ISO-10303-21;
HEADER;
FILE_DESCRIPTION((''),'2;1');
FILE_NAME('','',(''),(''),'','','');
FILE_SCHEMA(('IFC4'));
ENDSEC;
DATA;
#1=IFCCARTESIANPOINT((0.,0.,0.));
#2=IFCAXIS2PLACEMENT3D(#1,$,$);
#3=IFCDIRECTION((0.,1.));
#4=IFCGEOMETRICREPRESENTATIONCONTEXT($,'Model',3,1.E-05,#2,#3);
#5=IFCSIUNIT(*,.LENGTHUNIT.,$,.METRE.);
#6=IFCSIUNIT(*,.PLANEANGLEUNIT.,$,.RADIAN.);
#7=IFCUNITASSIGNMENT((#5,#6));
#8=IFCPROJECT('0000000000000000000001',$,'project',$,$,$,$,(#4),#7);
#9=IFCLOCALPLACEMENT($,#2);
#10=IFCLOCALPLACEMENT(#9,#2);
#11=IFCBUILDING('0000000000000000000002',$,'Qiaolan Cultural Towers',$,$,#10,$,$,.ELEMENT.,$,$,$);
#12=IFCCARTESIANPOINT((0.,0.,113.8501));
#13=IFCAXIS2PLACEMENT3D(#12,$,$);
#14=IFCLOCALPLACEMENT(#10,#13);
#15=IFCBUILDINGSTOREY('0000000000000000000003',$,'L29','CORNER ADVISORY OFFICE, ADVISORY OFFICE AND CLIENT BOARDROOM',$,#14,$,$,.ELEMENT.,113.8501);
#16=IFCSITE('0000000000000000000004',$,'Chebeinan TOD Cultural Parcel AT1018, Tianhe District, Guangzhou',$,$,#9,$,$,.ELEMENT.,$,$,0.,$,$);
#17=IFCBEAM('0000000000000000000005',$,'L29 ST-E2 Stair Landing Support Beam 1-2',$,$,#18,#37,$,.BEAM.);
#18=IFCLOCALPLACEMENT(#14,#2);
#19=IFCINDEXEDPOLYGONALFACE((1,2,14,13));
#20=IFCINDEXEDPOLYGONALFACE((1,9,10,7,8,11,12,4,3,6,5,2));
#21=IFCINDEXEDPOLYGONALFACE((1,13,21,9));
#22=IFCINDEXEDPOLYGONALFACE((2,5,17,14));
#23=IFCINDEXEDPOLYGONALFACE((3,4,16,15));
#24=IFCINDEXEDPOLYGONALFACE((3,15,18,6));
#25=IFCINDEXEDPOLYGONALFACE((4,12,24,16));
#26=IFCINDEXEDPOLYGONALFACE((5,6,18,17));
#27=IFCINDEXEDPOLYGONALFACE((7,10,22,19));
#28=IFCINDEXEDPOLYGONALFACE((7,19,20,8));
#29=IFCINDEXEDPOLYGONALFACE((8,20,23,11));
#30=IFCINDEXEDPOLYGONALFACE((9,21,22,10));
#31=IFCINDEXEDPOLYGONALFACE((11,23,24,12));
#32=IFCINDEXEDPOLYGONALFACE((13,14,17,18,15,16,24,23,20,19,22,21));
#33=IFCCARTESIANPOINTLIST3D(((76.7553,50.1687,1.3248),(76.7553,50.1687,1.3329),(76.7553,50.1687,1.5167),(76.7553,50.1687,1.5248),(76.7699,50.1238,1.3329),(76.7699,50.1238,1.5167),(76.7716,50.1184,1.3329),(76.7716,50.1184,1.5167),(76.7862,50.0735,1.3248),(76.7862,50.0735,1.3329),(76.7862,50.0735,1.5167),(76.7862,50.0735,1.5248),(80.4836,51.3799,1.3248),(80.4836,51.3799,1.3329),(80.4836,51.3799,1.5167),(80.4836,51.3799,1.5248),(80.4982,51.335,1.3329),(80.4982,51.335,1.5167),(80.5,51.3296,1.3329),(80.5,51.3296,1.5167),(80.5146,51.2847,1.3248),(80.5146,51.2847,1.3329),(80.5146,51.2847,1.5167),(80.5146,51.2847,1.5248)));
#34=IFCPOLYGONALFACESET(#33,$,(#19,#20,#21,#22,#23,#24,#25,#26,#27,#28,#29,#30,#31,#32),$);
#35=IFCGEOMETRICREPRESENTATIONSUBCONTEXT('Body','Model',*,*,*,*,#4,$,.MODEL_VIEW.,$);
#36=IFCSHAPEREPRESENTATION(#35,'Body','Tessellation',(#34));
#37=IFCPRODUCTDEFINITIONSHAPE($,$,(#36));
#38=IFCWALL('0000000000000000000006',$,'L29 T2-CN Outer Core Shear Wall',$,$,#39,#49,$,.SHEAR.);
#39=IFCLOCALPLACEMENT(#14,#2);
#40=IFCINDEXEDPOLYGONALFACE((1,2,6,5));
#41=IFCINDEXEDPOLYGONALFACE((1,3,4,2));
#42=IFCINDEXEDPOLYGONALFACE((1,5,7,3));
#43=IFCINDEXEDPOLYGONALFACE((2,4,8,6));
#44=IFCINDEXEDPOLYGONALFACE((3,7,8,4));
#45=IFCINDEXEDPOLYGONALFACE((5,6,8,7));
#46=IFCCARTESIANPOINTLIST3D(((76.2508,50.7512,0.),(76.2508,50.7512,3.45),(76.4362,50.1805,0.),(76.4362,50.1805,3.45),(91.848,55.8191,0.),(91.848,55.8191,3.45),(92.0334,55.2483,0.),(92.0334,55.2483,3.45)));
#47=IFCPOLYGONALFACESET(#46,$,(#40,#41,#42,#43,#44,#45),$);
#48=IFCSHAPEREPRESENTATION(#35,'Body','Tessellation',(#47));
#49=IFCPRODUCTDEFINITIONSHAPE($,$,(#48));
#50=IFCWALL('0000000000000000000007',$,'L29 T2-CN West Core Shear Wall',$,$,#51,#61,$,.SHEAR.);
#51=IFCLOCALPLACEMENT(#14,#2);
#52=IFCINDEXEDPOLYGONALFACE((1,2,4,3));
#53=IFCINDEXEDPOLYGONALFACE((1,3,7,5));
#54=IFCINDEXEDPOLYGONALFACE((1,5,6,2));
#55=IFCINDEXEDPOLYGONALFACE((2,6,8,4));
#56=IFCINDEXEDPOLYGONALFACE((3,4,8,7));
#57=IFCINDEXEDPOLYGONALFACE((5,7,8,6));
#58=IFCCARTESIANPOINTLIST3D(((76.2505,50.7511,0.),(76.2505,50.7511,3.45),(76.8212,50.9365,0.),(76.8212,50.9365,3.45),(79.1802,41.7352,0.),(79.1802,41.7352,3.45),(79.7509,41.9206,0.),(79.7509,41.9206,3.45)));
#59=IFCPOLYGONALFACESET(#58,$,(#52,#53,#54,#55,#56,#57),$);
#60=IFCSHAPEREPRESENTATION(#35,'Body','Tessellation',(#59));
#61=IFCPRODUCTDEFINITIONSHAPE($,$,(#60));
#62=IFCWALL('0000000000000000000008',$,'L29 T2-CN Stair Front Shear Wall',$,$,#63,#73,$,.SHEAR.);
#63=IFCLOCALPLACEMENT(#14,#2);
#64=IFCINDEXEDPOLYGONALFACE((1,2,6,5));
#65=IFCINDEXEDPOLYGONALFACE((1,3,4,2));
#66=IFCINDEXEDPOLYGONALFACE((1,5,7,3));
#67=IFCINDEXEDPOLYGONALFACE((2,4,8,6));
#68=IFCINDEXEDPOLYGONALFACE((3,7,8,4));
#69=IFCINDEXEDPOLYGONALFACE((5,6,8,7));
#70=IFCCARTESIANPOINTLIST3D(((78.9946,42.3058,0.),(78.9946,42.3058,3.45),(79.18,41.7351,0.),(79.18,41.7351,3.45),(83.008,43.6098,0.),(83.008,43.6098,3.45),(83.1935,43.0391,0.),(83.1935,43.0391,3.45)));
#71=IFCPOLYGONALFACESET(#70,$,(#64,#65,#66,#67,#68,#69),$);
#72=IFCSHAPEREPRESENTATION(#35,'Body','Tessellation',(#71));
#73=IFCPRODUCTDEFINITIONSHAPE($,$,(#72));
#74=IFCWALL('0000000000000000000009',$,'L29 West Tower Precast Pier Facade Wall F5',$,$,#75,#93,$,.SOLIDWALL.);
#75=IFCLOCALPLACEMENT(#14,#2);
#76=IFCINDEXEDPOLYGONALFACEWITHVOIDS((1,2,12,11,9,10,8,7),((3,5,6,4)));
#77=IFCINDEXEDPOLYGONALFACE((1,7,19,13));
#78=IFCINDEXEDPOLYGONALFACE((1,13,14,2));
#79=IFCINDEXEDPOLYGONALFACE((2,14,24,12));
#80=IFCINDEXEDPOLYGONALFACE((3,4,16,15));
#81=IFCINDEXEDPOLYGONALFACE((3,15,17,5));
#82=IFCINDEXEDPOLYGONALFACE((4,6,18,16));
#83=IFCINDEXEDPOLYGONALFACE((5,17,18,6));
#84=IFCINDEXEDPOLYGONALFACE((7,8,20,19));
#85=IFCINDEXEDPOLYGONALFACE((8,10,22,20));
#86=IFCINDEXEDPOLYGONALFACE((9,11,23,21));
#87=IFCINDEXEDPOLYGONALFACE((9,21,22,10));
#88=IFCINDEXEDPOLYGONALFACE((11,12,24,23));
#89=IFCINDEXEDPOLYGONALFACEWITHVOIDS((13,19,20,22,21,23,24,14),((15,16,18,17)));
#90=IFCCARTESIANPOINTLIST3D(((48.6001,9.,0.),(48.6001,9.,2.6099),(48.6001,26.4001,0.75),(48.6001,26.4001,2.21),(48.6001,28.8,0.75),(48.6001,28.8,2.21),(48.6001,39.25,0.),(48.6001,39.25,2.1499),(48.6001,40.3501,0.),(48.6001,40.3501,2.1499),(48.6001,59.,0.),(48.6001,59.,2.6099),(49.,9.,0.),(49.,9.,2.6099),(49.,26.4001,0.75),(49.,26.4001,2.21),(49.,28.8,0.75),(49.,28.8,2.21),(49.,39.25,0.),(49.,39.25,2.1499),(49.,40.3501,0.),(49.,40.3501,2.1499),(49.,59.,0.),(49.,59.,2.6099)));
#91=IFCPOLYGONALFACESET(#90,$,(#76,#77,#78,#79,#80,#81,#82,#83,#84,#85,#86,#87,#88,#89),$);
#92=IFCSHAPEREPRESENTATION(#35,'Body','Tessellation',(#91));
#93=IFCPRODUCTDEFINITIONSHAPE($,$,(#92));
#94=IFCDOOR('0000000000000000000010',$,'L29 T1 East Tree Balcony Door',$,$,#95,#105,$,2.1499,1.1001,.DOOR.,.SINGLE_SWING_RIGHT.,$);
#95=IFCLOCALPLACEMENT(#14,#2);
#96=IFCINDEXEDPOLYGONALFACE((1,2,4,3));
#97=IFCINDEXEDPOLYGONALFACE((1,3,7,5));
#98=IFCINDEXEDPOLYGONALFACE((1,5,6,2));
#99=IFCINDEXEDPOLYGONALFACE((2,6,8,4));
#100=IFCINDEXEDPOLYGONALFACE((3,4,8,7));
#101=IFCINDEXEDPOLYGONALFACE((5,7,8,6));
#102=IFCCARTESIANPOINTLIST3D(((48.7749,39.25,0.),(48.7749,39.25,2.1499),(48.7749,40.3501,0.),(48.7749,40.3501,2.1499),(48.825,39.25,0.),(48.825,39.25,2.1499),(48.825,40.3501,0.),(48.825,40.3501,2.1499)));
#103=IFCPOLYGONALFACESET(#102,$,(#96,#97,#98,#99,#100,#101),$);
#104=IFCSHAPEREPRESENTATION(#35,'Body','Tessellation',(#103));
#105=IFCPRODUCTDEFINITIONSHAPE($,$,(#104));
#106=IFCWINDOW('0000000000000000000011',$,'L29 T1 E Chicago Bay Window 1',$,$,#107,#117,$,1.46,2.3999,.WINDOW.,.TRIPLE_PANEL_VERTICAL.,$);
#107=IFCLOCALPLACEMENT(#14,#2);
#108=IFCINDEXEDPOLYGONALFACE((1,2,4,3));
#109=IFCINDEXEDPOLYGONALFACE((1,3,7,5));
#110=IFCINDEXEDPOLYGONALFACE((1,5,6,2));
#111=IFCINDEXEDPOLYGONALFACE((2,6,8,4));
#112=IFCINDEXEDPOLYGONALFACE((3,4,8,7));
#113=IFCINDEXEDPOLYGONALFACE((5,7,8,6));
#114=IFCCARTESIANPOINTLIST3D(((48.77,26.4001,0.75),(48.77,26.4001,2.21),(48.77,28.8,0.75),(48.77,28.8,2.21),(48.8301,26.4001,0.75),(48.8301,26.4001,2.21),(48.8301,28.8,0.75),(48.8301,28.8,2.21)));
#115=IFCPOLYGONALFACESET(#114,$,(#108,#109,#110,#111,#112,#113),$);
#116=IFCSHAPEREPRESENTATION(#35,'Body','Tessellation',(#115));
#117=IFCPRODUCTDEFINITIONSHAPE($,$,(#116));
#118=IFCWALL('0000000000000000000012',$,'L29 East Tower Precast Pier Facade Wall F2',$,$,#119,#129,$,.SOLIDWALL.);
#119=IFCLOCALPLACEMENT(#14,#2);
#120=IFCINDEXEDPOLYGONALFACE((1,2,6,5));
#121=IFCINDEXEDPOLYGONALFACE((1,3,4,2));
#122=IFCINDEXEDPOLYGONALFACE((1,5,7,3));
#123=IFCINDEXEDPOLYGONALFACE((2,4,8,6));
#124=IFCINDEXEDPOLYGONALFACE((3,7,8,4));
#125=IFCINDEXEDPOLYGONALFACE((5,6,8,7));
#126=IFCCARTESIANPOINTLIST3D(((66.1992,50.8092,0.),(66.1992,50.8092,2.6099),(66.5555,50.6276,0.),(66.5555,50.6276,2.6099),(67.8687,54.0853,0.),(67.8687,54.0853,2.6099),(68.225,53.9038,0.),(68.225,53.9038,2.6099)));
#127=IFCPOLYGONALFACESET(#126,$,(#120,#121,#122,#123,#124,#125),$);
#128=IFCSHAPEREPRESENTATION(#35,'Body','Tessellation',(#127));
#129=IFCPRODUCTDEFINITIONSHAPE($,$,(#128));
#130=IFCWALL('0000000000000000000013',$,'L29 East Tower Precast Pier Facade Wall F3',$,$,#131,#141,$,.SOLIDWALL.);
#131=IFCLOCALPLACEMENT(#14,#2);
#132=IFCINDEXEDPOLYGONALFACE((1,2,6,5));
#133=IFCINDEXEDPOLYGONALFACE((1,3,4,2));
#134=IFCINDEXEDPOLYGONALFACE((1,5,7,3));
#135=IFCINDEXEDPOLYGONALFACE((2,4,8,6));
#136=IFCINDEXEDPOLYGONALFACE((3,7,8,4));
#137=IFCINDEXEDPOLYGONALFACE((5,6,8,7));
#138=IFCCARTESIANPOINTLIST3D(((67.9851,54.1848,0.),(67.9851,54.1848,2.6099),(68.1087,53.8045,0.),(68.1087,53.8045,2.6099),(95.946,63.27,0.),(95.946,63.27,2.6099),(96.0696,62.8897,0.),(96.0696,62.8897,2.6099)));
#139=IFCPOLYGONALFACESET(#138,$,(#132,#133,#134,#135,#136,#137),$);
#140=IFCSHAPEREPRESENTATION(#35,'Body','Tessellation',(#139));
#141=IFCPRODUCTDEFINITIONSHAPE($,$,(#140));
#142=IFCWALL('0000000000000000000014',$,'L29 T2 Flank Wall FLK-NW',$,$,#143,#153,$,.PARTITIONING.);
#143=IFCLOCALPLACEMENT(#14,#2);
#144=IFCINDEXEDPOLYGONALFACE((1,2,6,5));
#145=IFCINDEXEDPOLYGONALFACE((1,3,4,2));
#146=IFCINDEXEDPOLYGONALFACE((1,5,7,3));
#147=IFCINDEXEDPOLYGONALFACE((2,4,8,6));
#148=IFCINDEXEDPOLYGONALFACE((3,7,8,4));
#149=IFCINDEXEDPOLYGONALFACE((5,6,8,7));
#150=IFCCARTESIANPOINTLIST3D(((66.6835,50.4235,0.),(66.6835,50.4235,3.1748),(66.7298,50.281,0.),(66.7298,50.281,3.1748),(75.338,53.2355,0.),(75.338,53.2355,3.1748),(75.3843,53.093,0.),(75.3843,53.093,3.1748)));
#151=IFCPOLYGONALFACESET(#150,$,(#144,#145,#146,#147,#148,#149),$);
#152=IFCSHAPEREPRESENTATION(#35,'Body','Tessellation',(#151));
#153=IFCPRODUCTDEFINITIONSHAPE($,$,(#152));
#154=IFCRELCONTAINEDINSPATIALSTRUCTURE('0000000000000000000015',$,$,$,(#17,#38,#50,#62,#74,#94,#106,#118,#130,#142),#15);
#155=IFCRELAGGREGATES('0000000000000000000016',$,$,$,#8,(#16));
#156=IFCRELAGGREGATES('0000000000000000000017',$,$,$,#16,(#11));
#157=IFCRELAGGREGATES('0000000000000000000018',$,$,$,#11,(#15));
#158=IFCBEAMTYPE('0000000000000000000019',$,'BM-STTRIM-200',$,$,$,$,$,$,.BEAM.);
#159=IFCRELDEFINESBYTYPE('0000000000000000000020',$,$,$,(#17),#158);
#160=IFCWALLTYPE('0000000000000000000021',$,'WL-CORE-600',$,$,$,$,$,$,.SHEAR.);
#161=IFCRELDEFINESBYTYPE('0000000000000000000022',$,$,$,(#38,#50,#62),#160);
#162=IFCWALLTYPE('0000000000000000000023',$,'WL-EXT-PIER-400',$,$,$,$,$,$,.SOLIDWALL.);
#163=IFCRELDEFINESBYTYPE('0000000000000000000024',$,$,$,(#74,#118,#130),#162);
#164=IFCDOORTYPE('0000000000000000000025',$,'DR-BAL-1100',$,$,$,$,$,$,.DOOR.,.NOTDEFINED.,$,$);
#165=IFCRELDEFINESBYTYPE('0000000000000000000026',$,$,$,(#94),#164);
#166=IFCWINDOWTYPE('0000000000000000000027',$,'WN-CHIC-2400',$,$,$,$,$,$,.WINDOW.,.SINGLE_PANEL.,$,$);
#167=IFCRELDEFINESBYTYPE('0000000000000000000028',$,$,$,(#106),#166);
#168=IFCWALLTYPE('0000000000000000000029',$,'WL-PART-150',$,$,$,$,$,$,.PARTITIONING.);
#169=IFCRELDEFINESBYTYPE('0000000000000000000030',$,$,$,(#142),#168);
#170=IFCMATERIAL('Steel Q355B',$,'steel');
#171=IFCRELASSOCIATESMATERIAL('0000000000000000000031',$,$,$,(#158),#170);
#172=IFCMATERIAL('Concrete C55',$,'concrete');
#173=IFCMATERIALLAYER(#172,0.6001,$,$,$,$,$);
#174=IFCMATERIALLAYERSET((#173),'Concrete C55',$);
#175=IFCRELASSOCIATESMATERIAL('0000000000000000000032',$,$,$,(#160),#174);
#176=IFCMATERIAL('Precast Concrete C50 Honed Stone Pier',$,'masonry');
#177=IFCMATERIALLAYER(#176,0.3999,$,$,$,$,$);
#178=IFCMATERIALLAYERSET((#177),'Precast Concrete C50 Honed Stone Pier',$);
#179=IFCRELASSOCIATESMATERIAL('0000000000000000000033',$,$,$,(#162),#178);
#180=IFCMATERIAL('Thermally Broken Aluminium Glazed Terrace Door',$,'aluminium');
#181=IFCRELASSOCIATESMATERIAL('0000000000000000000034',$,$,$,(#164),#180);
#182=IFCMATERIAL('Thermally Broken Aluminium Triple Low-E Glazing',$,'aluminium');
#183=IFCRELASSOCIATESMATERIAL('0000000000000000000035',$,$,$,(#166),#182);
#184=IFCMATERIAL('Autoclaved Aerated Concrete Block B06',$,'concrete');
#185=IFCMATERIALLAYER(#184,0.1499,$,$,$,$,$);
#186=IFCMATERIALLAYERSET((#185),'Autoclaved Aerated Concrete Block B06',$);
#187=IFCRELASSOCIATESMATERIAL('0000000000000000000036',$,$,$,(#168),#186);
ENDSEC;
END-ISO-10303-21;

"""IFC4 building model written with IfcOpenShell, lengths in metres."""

from ifc_helpers import new_model, si_unit, direction, frame, frame_2d, origin, origin_2d, place, context, subcontext, project, spatial, rectangle, i_section, extrude, material, layer, layer_set, material_profile, profile_set, type_object, element, fill, save


model = new_model("IFC4")

# Units and contexts
model_context = context("Model", 3, precision=1e-05, world=origin(), true_north=direction((0.0, 1.0)))
body_context = subcontext(model_context, "Body", "Model", "MODEL_VIEW")
ifc_project = project(units=[si_unit("LENGTHUNIT", "METRE"), si_unit("PLANEANGLEUNIT", "RADIAN")], contexts=[model_context])

# Site, building, storey
site_placement = place(None, origin())
site = spatial("IfcSite", under=ifc_project, at=site_placement, Name="Chebeinan TOD Cultural Parcel AT1018, Tianhe District, Guangzhou", CompositionType="ELEMENT", RefElevation=0.0)
building_placement = place(site_placement, origin())
building = spatial("IfcBuilding", under=site, at=building_placement, Name="Qiaolan Cultural Towers", CompositionType="ELEMENT")
storey_placement = place(building_placement, frame((0.0, 0.0, 113.8501)))
storey = spatial("IfcBuildingStorey", under=building, at=storey_placement, Name="L29", Description="CORNER ADVISORY OFFICE, ADVISORY OFFICE AND CLIENT BOARDROOM", CompositionType="ELEMENT", Elevation=113.8501)

# Beam
ifc_material_1 = material(Name="Steel Q355B", Category="steel")
ifc_material_profile_1 = material_profile(ifc_material_1, i_section(OverallWidth=0.1001, OverallDepth=0.2, WebThickness=0.0056, FlangeThickness=0.0081, at=origin_2d()), Name="HN200x100x5.5x8")
ifc_profile_set_1 = profile_set([ifc_material_profile_1], Name="Steel Q355B")
beam_type_1 = type_object("IfcBeamType", Name="BM-STTRIM-200", PredefinedType="BEAM", material=ifc_profile_set_1)
for number, where, z_axis, x_axis, name in (
    (1, (76.7708, 50.1211, 1.4248), (0.951072, 0.308969, 0.0), (-0.308969, 0.951072, 0.0), "L29 ST-E2 Stair Landing Support Beam 1-2"),
):
    element("IfcBeam", number, at=place(storey_placement, frame(where, z_axis=z_axis, x_axis=x_axis)), inside=storey, type_object=beam_type_1, Name=name, PredefinedType="BEAM", context=body_context, shape_type="SweptSolid", body=[
        extrude(i_section(OverallWidth=0.1001, OverallDepth=0.2, WebThickness=0.0056, FlangeThickness=0.0081, at=origin_2d()), origin(), (0.0, 0.0, 1.0), 3.9202),
    ])

# Walls
ifc_material_2 = material(Name="Concrete C55", Category="concrete")
ifc_layer_1 = layer(ifc_material_2, 0.6001)
ifc_layer_set_1 = layer_set([ifc_layer_1], Name="Concrete C55")
wall_type_1 = type_object("IfcWallType", Name="WL-CORE-600", PredefinedType="SHEAR", material=ifc_layer_set_1)
wall_1_placement = place(storey_placement, frame((76.3435, 50.4658, 0.0), z_axis=(0.0, 0.0, 1.0), x_axis=(0.951056, 0.309019, 0.0)))
element("IfcWall", 2, at=wall_1_placement, inside=storey, type_object=wall_type_1, Name="L29 T2-CN Outer Core Shear Wall", PredefinedType="SHEAR", context=body_context, shape_type="SweptSolid", body=[
    extrude(rectangle(XDim=16.3999, YDim=0.6001, at=frame_2d((8.2, 0.0))), origin(), (0.0, 0.0, 1.0), 3.45),
])
wall_2_placement = place(storey_placement, frame((79.4656, 41.8279, 0.0), z_axis=(0.0, 0.0, 1.0), x_axis=(-0.309041, 0.951049, 0.0)))
element("IfcWall", 3, at=wall_2_placement, inside=storey, type_object=wall_type_1, Name="L29 T2-CN West Core Shear Wall", PredefinedType="SHEAR", context=body_context, shape_type="SweptSolid", body=[
    extrude(rectangle(XDim=9.48, YDim=0.6001, at=frame_2d((4.74, 0.0))), origin(), (0.0, 0.0, 1.0), 3.45),
])
wall_3_placement = place(storey_placement, frame((79.0874, 42.0205, 0.0), z_axis=(0.0, 0.0, 1.0), x_axis=(0.951063, 0.308998, 0.0)))
element("IfcWall", 4, at=wall_3_placement, inside=storey, type_object=wall_type_1, Name="L29 T2-CN Stair Front Shear Wall", PredefinedType="SHEAR", context=body_context, shape_type="SweptSolid", body=[
    extrude(rectangle(XDim=4.22, YDim=0.6001, at=frame_2d((2.1099, 0.0))), origin(), (0.0, 0.0, 1.0), 3.45),
])

# Wall, openings, door, window
ifc_material_3 = material(Name="Precast Concrete C50 Honed Stone Pier", Category="masonry")
ifc_layer_2 = layer(ifc_material_3, 0.3999)
ifc_layer_set_2 = layer_set([ifc_layer_2], Name="Precast Concrete C50 Honed Stone Pier")
wall_type_2 = type_object("IfcWallType", Name="WL-EXT-PIER-400", PredefinedType="SOLIDWALL", material=ifc_layer_set_2)
wall_4_placement = place(storey_placement, frame((48.8, 59.0, 0.0), z_axis=(0.0, 0.0, 1.0), x_axis=(0.0, -1.0, 0.0)))
wall_4 = element("IfcWall", 5, at=wall_4_placement, inside=storey, type_object=wall_type_2, Name="L29 West Tower Precast Pier Facade Wall F5", PredefinedType="SOLIDWALL", context=body_context, shape_type="SweptSolid", body=[
    extrude(rectangle(XDim=50.0, YDim=0.3999, at=frame_2d((25.0, 0.0))), origin(), (0.0, 0.0, 1.0), 2.6099),
])
opening_1_placement = place(wall_4_placement, frame((30.2, 0.0, 0.75)))
opening_1 = element("IfcOpeningElement", 6, at=opening_1_placement, cuts=wall_4, PredefinedType="OPENING", context=body_context, shape_type="SweptSolid", body=[
    extrude(rectangle(XDim=2.3999, YDim=1.46, at=frame_2d((1.2, 0.73))), frame((0.0, 0.21, 0.0), z_axis=(0.0, -1.0, 0.0), x_axis=(1.0, 0.0, 0.0)), (0.0, 0.0, 1.0), 0.4199),
])
opening_2_placement = place(wall_4_placement, frame((18.6499, 0.0, 0.0)))
opening_2 = element("IfcOpeningElement", 7, at=opening_2_placement, cuts=wall_4, PredefinedType="OPENING", context=body_context, shape_type="SweptSolid", body=[
    extrude(rectangle(XDim=1.1001, YDim=2.1499, at=frame_2d((0.55, 1.075))), frame((0.0, 0.21, 0.0), z_axis=(0.0, -1.0, 0.0), x_axis=(1.0, 0.0, 0.0)), (0.0, 0.0, 1.0), 0.4199),
])
ifc_material_4 = material(Name="Thermally Broken Aluminium Glazed Terrace Door", Category="aluminium")
door_type = type_object("IfcDoorType", Name="DR-BAL-1100", OperationType="NOTDEFINED", PredefinedType="DOOR", material=ifc_material_4)
door_placement = place(opening_2_placement, origin())
door = element("IfcDoor", 8, at=door_placement, inside=storey, type_object=door_type, Name="L29 T1 East Tree Balcony Door", OperationType="SINGLE_SWING_RIGHT", OverallHeight=2.1499, OverallWidth=1.1001, PredefinedType="DOOR", context=body_context, shape_type="SweptSolid", body=[
    extrude(rectangle(XDim=1.1001, YDim=2.1499, at=frame_2d((0.55, 1.075))), frame((0.0, 0.0249, 0.0), z_axis=(0.0, -1.0, 0.0), x_axis=(1.0, 0.0, 0.0)), (0.0, 0.0, 1.0), 0.05),
])
fill(opening_2, door)
ifc_material_5 = material(Name="Thermally Broken Aluminium Triple Low-E Glazing", Category="aluminium")
window_type = type_object("IfcWindowType", Name="WN-CHIC-2400", PartitioningType="SINGLE_PANEL", PredefinedType="WINDOW", material=ifc_material_5)
window_placement = place(opening_1_placement, origin())
window = element("IfcWindow", 9, at=window_placement, inside=storey, type_object=window_type, Name="L29 T1 E Chicago Bay Window 1", OverallHeight=1.46, OverallWidth=2.3999, PartitioningType="TRIPLE_PANEL_VERTICAL", PredefinedType="WINDOW", context=body_context, shape_type="SweptSolid", body=[
    extrude(rectangle(XDim=2.3999, YDim=1.46, at=frame_2d((1.2, 0.73))), frame((0.0, 0.03, 0.0), z_axis=(0.0, -1.0, 0.0), x_axis=(1.0, 0.0, 0.0)), (0.0, 0.0, 1.0), 0.0601),
])
fill(opening_1, window)

# Walls
wall_5_placement = place(storey_placement, frame((66.3774, 50.7185, 0.0), z_axis=(0.0, 0.0, 1.0), x_axis=(0.454026, 0.890988, 0.0)))
element("IfcWall", 10, at=wall_5_placement, inside=storey, type_object=wall_type_2, Name="L29 East Tower Precast Pier Facade Wall F2", PredefinedType="SOLIDWALL", context=body_context, shape_type="SweptSolid", body=[
    extrude(rectangle(XDim=3.677, YDim=0.3999, at=frame_2d((1.8384, 0.0))), origin(), (0.0, 0.0, 1.0), 2.6099),
])
wall_6_placement = place(storey_placement, frame((68.0469, 53.9946, 0.0), z_axis=(0.0, 0.0, 1.0), x_axis=(0.951055, 0.309021, 0.0)))
element("IfcWall", 11, at=wall_6_placement, inside=storey, type_object=wall_type_2, Name="L29 East Tower Precast Pier Facade Wall F3", PredefinedType="SOLIDWALL", context=body_context, shape_type="SweptSolid", body=[
    extrude(rectangle(XDim=29.3999, YDim=0.3999, at=frame_2d((14.7, 0.0))), origin(), (0.0, 0.0, 1.0), 2.6099),
])
ifc_material_6 = material(Name="Autoclaved Aerated Concrete Block B06", Category="concrete")
ifc_layer_3 = layer(ifc_material_6, 0.1499)
ifc_layer_set_3 = layer_set([ifc_layer_3], Name="Autoclaved Aerated Concrete Block B06")
wall_type_3 = type_object("IfcWallType", Name="WL-PART-150", PredefinedType="PARTITIONING", material=ifc_layer_set_3)
wall_7_placement = place(storey_placement, frame((66.7068, 50.3523, 0.0), z_axis=(0.0, 0.0, 1.0), x_axis=(0.951057, 0.309015, 0.0)))
element("IfcWall", 12, at=wall_7_placement, inside=storey, type_object=wall_type_3, Name="L29 T2 Flank Wall FLK-NW", PredefinedType="PARTITIONING", context=body_context, shape_type="SweptSolid", body=[
    extrude(rectangle(XDim=9.0999, YDim=0.1499, at=frame_2d((4.5498, 0.0))), origin(), (0.0, 0.0, 1.0), 3.1748),
])

save(model, "model.ifc")
